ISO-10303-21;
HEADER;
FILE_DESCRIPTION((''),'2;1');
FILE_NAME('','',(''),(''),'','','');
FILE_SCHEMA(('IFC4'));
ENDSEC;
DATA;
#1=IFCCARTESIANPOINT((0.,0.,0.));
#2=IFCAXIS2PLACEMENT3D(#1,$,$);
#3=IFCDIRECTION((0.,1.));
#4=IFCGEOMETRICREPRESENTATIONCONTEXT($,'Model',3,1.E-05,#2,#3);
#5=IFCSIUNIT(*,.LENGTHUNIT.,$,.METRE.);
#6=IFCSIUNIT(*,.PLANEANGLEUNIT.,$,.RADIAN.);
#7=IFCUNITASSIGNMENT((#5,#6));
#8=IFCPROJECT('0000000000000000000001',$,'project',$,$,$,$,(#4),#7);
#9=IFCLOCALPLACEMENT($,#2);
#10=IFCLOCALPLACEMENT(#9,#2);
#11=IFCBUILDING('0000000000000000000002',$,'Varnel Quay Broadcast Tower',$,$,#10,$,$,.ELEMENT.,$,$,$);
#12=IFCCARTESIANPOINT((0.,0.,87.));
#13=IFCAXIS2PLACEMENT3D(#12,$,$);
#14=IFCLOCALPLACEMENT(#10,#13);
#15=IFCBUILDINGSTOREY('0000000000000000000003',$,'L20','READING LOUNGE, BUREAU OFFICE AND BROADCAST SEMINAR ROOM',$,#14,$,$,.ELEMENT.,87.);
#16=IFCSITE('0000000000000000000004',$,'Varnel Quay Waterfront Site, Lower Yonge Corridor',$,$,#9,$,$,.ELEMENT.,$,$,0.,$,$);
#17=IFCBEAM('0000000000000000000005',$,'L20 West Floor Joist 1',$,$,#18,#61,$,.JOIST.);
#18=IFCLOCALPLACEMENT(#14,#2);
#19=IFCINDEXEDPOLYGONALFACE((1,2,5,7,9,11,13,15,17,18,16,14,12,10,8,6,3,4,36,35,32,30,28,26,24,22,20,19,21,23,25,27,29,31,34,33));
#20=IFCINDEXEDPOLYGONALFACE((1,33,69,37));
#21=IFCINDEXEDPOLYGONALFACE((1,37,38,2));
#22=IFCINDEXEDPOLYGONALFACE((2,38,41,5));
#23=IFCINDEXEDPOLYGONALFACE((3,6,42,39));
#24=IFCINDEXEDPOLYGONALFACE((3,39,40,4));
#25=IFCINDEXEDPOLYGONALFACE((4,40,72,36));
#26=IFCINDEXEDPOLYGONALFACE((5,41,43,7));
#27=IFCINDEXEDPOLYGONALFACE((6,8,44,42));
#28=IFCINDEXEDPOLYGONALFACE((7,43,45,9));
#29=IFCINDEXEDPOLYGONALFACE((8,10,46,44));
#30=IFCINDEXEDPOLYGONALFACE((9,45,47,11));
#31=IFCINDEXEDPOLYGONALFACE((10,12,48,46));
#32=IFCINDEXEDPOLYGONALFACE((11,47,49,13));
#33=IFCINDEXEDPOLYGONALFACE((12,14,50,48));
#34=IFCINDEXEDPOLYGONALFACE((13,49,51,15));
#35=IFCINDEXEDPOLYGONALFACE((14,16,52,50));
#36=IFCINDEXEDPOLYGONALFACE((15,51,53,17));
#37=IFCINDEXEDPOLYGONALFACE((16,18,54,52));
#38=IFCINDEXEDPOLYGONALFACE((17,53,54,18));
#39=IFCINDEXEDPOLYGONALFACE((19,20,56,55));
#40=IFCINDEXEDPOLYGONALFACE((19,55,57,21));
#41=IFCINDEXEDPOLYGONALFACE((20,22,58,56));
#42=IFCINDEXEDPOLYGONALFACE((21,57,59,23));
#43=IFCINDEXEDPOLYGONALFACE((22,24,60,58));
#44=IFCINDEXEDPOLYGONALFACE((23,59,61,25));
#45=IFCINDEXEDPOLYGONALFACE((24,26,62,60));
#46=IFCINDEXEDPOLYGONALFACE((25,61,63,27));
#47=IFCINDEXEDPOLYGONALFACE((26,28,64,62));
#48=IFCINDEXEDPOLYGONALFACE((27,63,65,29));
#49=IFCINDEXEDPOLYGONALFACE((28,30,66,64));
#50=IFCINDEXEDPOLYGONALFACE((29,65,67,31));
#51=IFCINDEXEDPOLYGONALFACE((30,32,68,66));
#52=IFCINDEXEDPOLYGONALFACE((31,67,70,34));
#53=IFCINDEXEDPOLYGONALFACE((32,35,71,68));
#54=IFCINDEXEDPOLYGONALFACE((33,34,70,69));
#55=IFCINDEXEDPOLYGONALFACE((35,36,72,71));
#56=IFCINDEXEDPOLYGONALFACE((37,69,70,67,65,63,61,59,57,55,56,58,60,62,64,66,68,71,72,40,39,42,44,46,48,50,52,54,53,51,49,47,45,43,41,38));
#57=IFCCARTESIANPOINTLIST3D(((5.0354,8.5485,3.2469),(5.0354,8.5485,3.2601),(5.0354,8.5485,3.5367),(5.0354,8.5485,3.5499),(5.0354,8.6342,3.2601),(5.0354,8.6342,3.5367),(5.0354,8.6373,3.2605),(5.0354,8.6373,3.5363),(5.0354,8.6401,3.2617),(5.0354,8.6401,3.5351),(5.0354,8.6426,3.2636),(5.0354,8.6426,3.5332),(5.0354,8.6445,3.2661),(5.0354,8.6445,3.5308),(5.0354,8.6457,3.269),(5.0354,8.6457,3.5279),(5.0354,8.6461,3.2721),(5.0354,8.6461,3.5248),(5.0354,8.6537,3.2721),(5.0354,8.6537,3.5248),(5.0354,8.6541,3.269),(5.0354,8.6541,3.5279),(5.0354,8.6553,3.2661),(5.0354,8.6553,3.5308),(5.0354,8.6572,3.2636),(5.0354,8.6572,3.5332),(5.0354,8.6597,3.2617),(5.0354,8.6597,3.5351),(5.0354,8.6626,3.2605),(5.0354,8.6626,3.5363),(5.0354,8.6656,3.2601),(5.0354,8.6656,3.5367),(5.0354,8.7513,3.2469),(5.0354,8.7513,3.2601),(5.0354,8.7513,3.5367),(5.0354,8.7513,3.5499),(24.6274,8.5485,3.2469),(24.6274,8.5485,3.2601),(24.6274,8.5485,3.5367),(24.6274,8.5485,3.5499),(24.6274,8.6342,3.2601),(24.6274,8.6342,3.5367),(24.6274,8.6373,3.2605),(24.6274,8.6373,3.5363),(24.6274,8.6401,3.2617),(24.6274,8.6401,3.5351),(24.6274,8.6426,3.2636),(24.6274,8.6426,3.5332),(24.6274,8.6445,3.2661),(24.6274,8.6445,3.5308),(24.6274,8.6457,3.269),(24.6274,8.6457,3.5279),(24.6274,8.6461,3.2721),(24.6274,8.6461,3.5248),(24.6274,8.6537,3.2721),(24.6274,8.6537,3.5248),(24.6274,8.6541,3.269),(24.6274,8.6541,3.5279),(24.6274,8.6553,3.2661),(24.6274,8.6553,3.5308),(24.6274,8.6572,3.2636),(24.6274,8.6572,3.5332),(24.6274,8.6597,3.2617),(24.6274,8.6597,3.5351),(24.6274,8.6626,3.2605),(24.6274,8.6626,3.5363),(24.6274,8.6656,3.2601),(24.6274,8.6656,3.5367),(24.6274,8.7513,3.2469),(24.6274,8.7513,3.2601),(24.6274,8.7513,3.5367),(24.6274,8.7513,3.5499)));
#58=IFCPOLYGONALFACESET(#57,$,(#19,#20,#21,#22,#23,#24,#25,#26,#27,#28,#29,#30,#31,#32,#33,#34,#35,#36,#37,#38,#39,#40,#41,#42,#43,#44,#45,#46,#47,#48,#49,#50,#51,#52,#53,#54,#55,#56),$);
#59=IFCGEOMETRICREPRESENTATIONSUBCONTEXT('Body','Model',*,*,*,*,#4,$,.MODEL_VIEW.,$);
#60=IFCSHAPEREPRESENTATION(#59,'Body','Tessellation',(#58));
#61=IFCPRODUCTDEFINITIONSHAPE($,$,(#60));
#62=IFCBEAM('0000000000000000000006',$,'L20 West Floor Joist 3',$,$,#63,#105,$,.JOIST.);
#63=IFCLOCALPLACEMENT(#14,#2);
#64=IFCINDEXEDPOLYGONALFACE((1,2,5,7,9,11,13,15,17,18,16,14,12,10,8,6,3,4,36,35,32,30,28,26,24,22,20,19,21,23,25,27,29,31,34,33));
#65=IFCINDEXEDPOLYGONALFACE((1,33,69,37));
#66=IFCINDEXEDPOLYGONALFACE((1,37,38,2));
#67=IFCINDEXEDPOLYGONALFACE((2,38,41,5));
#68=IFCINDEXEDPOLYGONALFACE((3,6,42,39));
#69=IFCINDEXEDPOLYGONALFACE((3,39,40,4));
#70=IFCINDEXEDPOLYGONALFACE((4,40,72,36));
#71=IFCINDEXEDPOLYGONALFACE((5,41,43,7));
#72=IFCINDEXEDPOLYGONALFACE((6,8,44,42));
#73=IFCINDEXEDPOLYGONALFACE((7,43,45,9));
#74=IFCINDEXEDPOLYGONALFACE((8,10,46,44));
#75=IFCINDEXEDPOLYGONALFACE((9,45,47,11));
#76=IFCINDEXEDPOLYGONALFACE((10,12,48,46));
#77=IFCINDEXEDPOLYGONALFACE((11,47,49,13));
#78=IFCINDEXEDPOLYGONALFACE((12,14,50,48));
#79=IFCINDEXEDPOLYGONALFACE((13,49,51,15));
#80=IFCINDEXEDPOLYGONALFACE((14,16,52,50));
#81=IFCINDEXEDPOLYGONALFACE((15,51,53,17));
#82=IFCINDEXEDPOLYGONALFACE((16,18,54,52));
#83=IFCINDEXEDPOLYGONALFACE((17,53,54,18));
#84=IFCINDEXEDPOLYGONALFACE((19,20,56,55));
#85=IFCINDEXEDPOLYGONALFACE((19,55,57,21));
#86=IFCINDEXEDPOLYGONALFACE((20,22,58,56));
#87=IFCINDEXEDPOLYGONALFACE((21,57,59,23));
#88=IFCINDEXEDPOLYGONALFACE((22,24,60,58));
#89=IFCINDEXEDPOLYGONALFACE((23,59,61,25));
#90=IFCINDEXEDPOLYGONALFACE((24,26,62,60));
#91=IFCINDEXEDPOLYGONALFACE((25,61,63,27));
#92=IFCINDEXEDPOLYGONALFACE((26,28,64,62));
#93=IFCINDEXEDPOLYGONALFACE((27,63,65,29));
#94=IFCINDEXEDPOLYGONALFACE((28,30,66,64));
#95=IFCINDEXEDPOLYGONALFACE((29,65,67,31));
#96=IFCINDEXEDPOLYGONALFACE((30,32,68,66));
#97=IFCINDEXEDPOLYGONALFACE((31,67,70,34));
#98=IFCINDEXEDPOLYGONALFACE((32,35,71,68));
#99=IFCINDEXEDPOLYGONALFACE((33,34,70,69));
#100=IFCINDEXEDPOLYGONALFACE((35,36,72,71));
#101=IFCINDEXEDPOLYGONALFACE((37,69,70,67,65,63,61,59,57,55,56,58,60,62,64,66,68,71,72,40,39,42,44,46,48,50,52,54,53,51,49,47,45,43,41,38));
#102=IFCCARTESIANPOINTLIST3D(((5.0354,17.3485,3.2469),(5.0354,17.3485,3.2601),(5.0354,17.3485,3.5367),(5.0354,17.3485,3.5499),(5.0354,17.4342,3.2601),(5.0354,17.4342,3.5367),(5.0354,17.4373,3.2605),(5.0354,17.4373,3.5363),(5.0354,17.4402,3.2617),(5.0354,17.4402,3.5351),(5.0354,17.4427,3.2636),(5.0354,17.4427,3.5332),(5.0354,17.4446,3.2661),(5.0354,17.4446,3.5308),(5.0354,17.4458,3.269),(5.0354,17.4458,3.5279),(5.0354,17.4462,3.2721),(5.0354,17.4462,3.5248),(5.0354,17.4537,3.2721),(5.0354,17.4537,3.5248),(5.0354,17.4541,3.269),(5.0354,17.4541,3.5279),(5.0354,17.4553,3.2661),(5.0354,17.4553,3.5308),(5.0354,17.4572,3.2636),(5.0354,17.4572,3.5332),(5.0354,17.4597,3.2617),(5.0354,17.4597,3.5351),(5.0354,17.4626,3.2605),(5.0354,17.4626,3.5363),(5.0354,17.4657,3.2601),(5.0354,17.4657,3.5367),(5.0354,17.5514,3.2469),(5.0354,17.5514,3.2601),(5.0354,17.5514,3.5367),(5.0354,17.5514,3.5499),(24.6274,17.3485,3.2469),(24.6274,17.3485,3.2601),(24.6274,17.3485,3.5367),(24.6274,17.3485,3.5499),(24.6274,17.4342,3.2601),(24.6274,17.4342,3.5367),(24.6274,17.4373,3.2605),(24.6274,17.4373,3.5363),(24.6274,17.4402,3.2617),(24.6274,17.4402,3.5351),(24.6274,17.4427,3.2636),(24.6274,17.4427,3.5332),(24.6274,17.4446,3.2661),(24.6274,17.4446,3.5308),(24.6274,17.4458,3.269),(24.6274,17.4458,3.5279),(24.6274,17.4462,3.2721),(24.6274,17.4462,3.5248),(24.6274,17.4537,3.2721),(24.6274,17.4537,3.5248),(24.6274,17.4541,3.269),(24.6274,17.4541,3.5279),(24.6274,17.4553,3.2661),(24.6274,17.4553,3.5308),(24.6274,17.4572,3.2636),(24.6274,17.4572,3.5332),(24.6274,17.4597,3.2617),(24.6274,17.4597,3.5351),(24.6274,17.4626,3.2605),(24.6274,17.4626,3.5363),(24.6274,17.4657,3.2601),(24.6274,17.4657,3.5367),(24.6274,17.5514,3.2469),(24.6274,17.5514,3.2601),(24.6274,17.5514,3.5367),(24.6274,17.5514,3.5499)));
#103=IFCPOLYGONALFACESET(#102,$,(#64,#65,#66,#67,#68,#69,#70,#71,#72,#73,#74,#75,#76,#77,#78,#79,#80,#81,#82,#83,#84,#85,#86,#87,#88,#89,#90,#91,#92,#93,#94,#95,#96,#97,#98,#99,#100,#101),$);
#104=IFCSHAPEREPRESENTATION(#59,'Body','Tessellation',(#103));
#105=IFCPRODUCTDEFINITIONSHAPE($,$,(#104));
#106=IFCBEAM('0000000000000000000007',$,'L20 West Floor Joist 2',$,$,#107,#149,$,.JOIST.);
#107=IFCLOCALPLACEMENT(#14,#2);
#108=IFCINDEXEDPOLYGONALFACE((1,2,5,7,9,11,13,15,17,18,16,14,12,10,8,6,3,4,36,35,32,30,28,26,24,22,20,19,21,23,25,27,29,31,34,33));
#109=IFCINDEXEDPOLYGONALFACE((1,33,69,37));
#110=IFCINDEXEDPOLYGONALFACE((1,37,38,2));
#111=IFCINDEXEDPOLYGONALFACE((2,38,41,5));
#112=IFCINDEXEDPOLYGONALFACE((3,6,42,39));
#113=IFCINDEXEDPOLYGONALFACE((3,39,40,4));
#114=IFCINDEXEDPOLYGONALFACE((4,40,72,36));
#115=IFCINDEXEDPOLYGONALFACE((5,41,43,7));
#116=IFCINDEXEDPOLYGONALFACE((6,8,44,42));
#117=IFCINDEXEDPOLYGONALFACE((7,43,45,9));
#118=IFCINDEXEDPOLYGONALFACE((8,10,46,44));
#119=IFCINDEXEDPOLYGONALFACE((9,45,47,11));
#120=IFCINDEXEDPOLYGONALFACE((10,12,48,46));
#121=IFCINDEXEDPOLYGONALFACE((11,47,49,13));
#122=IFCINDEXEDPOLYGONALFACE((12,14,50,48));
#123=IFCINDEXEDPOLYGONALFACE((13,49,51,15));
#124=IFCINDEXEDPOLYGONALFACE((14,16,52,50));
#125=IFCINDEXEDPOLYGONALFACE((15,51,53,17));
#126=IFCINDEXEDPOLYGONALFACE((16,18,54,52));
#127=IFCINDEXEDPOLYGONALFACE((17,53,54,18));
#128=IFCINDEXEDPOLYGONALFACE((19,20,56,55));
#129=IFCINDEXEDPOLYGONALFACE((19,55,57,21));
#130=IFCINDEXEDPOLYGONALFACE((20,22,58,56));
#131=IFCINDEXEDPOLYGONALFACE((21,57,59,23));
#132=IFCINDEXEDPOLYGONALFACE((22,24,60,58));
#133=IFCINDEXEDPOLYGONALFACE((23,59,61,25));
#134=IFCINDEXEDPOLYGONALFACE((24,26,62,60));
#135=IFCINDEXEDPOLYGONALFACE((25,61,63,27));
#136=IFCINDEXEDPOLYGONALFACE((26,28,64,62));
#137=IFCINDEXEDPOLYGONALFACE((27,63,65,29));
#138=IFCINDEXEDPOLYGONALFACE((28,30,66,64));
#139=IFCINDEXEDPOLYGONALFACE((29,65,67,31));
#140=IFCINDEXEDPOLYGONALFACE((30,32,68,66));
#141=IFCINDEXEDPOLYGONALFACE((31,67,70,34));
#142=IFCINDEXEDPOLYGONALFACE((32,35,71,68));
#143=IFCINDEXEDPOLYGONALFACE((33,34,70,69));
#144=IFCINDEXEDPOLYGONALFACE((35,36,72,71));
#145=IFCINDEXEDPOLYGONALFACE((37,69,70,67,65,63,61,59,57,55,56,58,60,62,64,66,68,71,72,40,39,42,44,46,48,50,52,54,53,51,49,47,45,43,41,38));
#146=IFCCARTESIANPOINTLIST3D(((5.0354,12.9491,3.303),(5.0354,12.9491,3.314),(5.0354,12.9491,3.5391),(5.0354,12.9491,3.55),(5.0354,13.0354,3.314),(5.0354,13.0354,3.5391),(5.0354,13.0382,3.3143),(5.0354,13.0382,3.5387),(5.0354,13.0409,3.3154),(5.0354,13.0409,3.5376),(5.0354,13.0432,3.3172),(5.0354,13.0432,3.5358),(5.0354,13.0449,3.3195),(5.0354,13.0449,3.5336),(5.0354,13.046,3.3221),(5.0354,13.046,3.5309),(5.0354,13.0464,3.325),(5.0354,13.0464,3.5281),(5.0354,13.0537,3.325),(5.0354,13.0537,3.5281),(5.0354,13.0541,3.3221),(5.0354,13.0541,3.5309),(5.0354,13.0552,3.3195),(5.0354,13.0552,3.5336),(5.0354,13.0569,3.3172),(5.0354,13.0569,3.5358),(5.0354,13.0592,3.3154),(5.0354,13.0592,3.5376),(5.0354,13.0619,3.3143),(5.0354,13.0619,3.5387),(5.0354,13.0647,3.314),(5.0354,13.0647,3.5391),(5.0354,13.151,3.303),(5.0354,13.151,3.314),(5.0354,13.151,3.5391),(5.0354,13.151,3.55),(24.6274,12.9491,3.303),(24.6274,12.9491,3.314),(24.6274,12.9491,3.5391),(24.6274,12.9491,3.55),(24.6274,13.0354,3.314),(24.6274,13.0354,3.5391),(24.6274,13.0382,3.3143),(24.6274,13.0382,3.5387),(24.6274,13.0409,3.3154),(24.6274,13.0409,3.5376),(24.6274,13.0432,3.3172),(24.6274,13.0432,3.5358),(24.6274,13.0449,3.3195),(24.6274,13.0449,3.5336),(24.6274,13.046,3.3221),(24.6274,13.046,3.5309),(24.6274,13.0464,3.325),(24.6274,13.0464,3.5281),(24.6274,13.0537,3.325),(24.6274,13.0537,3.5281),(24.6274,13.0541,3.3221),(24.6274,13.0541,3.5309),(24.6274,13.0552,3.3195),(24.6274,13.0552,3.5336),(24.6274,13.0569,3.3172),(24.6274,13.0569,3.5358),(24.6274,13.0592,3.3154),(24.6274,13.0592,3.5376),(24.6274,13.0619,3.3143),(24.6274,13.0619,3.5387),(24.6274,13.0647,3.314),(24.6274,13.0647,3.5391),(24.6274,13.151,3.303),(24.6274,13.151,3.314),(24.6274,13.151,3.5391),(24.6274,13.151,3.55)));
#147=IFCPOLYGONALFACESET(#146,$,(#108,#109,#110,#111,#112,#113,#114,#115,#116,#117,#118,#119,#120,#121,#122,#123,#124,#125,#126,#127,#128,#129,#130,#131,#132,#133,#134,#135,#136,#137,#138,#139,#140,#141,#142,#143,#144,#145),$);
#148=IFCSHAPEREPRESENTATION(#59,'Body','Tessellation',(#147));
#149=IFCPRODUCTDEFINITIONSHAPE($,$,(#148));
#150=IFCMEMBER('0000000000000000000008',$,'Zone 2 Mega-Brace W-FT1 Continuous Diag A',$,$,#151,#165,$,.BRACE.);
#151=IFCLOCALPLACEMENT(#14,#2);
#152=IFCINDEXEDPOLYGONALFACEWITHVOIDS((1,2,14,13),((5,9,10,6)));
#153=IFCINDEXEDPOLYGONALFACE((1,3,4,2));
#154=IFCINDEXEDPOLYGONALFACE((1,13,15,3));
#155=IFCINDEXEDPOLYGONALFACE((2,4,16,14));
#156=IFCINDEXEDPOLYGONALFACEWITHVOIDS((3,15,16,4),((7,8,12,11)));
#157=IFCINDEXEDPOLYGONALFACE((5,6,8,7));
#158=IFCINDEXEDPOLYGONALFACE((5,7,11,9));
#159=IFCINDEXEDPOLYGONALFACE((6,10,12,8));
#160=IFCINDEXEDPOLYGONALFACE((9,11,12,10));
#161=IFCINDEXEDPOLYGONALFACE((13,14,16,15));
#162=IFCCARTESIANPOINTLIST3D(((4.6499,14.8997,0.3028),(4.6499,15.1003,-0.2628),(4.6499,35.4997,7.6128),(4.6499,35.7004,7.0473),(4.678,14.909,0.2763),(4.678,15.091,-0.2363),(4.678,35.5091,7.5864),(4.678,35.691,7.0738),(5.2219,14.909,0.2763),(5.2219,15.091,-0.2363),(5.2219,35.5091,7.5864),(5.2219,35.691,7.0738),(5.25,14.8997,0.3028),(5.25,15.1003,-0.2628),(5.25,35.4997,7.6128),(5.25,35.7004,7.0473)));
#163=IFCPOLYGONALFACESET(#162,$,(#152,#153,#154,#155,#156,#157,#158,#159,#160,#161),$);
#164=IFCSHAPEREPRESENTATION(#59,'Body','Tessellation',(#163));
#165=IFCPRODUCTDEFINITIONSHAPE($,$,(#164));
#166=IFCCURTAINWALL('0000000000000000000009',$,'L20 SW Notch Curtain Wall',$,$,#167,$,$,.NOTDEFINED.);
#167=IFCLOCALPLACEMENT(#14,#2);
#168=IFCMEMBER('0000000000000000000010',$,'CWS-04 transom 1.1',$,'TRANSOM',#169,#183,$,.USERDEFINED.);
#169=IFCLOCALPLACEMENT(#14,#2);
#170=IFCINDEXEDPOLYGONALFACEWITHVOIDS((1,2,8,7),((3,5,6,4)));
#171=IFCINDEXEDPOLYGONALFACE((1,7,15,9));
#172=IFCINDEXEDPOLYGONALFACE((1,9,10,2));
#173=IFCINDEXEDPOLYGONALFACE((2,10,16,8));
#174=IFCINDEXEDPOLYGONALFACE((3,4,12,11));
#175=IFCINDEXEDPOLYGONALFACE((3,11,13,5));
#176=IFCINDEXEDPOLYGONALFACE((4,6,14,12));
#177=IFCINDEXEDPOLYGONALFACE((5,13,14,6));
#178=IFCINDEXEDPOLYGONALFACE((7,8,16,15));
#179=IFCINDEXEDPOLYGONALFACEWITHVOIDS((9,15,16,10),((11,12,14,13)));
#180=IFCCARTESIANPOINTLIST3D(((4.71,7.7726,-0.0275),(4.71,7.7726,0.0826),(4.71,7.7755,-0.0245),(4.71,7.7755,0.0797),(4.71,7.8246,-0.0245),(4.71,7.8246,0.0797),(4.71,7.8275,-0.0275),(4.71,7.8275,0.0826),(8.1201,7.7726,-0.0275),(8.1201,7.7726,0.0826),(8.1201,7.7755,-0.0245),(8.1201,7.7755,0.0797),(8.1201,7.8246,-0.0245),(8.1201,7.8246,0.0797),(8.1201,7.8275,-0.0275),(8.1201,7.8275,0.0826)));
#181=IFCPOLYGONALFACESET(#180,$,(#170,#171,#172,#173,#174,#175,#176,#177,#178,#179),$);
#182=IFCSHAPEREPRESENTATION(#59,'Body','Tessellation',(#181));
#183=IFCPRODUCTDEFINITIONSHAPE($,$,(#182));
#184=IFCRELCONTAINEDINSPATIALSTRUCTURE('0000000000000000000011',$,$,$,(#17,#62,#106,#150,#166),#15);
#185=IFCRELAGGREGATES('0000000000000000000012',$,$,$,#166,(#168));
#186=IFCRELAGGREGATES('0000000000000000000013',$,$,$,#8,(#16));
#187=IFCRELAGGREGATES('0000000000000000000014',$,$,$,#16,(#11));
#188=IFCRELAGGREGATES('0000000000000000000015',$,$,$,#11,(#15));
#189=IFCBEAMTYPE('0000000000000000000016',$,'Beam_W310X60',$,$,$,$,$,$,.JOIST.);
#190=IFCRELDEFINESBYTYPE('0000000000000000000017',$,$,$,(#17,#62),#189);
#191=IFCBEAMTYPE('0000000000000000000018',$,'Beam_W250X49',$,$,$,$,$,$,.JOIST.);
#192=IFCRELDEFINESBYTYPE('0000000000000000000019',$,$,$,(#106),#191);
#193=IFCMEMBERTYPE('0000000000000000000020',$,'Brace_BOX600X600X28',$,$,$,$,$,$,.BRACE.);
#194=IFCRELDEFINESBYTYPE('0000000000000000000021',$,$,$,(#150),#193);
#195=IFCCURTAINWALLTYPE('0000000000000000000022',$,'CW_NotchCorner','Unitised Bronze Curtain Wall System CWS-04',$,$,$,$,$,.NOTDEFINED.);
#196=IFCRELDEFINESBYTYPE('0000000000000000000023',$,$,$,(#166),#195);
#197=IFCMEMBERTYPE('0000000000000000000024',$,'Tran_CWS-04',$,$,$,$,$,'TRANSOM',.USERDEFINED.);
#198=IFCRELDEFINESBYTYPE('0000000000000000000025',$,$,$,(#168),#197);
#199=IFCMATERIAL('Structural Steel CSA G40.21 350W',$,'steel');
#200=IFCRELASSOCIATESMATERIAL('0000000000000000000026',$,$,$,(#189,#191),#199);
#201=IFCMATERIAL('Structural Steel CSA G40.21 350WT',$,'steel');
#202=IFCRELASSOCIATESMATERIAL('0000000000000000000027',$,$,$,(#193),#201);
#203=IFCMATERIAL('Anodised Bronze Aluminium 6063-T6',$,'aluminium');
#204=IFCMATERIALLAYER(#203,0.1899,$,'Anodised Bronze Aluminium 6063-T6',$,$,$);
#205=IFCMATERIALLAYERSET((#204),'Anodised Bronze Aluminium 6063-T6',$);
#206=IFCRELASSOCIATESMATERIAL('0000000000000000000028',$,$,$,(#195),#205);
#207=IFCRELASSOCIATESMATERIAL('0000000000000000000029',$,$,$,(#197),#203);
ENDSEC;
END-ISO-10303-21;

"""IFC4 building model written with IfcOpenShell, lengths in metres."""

from ifc_helpers import new_model, si_unit, direction, frame, origin, origin_2d, place, context, subcontext, project, spatial, hollow_rectangle, i_section, extrude, source, transform, mapped, material, layer, layer_set, material_profile, profile_set, type_object, type_shapes, element, aggregate, save


model = new_model("IFC4")

# Units and contexts
model_context = context("Model", 3, precision=1e-05, world=origin(), true_north=direction((0.0, 1.0)))
body_context = subcontext(model_context, "Body", "Model", "MODEL_VIEW")
ifc_project = project(units=[si_unit("LENGTHUNIT", "METRE"), si_unit("PLANEANGLEUNIT", "RADIAN")], contexts=[model_context])

# Site, building, storey
site_placement = place(None, origin())
site = spatial("IfcSite", under=ifc_project, at=site_placement, Name="Varnel Quay Waterfront Site, Lower Yonge Corridor", CompositionType="ELEMENT", RefElevation=0.0)
building_placement = place(site_placement, origin())
building = spatial("IfcBuilding", under=site, at=building_placement, Name="Varnel Quay Broadcast Tower", CompositionType="ELEMENT")
storey_placement = place(building_placement, frame((0.0, 0.0, 87.0)))
storey = spatial("IfcBuildingStorey", under=building, at=storey_placement, Name="L20", Description="READING LOUNGE, BUREAU OFFICE AND BROADCAST SEMINAR ROOM", CompositionType="ELEMENT", Elevation=87.0)

# Shared definitions
ifc_material_1 = material(Name="Structural Steel CSA G40.21 350W", Category="steel")

# Beams
ifc_material_profile_1 = material_profile(ifc_material_1, i_section(OverallWidth=0.2029, OverallDepth=0.303, WebThickness=0.0076, FlangeThickness=0.0132, FilletRadius=0.012, at=origin_2d()), Name="W310X60")
ifc_profile_set_1 = profile_set([ifc_material_profile_1], Name="Structural Steel CSA G40.21 350W")
beam_type_1 = type_object("IfcBeamType", Name="Beam_W310X60", PredefinedType="JOIST", material=ifc_profile_set_1)
shared_shape_1 = source(origin(), body_context, "Body", "SweptSolid", [
    extrude(i_section(OverallWidth=0.2029, OverallDepth=0.303, WebThickness=0.0076, FlangeThickness=0.0132, FilletRadius=0.012, at=origin_2d()), origin(), (0.0, 0.0, 1.0), 19.592),
])
type_shapes(beam_type_1, [shared_shape_1])
for number, where, z_axis, x_axis, name in (
    (1, (5.0354, 8.6499, 3.3984), (1.0, 0.0, 0.0), (0.0, 1.0, 0.0), "L20 West Floor Joist 1"),
    (2, (5.0354, 17.45, 3.3984), (1.0, 0.0, 0.0), (0.0, 1.0, 0.0), "L20 West Floor Joist 3"),
):
    element("IfcBeam", number, at=place(storey_placement, frame(where, z_axis=z_axis, x_axis=x_axis)), inside=storey, type_object=beam_type_1, Name=name, PredefinedType="JOIST", context=body_context, shape_type="MappedRepresentation", body=[
        mapped(shared_shape_1, transform((0.0, 0.0, 0.0), x_axis=(1.0, 0.0, 0.0), y_axis=(0.0, 1.0, 0.0), z_axis=(0.0, 0.0, 1.0), scale=1.0)),
    ])
ifc_material_profile_2 = material_profile(ifc_material_1, i_section(OverallWidth=0.2019, OverallDepth=0.2471, WebThickness=0.0073, FlangeThickness=0.011, FilletRadius=0.011, at=origin_2d()), Name="W250X49")
ifc_profile_set_2 = profile_set([ifc_material_profile_2], Name="Structural Steel CSA G40.21 350W")
beam_type_2 = type_object("IfcBeamType", Name="Beam_W250X49", PredefinedType="JOIST", material=ifc_profile_set_2)
shared_shape_2 = source(origin(), body_context, "Body", "SweptSolid", [
    extrude(i_section(OverallWidth=0.2019, OverallDepth=0.2471, WebThickness=0.0073, FlangeThickness=0.011, FilletRadius=0.011, at=origin_2d()), origin(), (0.0, 0.0, 1.0), 19.592),
])
type_shapes(beam_type_2, [shared_shape_2])
beam_1_placement = place(storey_placement, frame((5.0354, 13.05, 3.4265), z_axis=(1.0, 0.0, 0.0), x_axis=(0.0, 1.0, 0.0)))
element("IfcBeam", 3, at=beam_1_placement, inside=storey, type_object=beam_type_2, Name="L20 West Floor Joist 2", PredefinedType="JOIST", context=body_context, shape_type="MappedRepresentation", body=[
    mapped(shared_shape_2, transform((0.0, 0.0, 0.0), x_axis=(1.0, 0.0, 0.0), y_axis=(0.0, 1.0, 0.0), z_axis=(0.0, 0.0, 1.0), scale=1.0)),
])

# Member
ifc_material_2 = material(Name="Structural Steel CSA G40.21 350WT", Category="steel")
ifc_material_profile_3 = material_profile(ifc_material_2, hollow_rectangle(XDim=0.6001, YDim=0.6001, WallThickness=0.0281, at=origin_2d()), Name="BOX600X600X28")
ifc_profile_set_3 = profile_set([ifc_material_profile_3], Name="Structural Steel CSA G40.21 350WT")
member_type_1 = type_object("IfcMemberType", Name="Brace_BOX600X600X28", PredefinedType="BRACE", material=ifc_profile_set_3)
shared_shape_3 = source(origin(), body_context, "Body", "SweptSolid", [
    extrude(hollow_rectangle(XDim=0.6001, YDim=0.6001, WallThickness=0.0281, at=origin_2d()), origin(), (0.0, 0.0, 1.0), 21.8586),
])
type_shapes(member_type_1, [shared_shape_3])
member_1_placement = place(storey_placement, frame((4.95, 15.0, 0.02), z_axis=(0.0, 0.942423, 0.334424), x_axis=(-1.0, 0.0, 0.0)))
element("IfcMember", 4, at=member_1_placement, inside=storey, type_object=member_type_1, Name="Zone 2 Mega-Brace W-FT1 Continuous Diag A", PredefinedType="BRACE", context=body_context, shape_type="MappedRepresentation", body=[
    mapped(shared_shape_3, transform((0.0, 0.0, 0.0), x_axis=(1.0, 0.0, 0.0), y_axis=(0.0, 1.0, 0.0), z_axis=(0.0, 0.0, 1.0), scale=1.0)),
])

# Curtain wall, member
ifc_material_3 = material(Name="Anodised Bronze Aluminium 6063-T6", Category="aluminium")
ifc_layer_1 = layer(ifc_material_3, 0.1899, Name="Anodised Bronze Aluminium 6063-T6")
ifc_layer_set_1 = layer_set([ifc_layer_1], Name="Anodised Bronze Aluminium 6063-T6")
curtain_wall_type_1 = type_object("IfcCurtainWallType", Name="CW_NotchCorner", Description="Unitised Bronze Curtain Wall System CWS-04", PredefinedType="NOTDEFINED", material=ifc_layer_set_1)
curtain_wall_1_placement = place(storey_placement, origin())
curtain_wall_1 = element("IfcCurtainWall", 5, at=curtain_wall_1_placement, inside=storey, type_object=curtain_wall_type_1, Name="L20 SW Notch Curtain Wall", PredefinedType="NOTDEFINED")
ifc_material_profile_4 = material_profile(ifc_material_3, hollow_rectangle(XDim=0.0549, YDim=0.1101, WallThickness=0.0029, at=origin_2d()), Name="ALU55X110X3")
ifc_profile_set_4 = profile_set([ifc_material_profile_4], Name="Anodised Bronze Aluminium 6063-T6")
member_type_2 = type_object("IfcMemberType", Name="Tran_CWS-04", ElementType="TRANSOM", PredefinedType="USERDEFINED", material=ifc_profile_set_4)
shared_shape_4 = source(origin(), body_context, "Body", "SweptSolid", [
    extrude(hollow_rectangle(XDim=0.0549, YDim=0.1101, WallThickness=0.0029, at=origin_2d()), origin(), (0.0, 0.0, 1.0), 3.4102),
])
type_shapes(member_type_2, [shared_shape_4])
member_2_placement = place(storey_placement, frame((4.71, 7.8, 0.0276), z_axis=(1.0, 0.0, 0.0), x_axis=(0.0, 1.0, 0.0)))
member_2 = element("IfcMember", 6, at=member_2_placement, type_object=member_type_2, Name="CWS-04 transom 1.1", ObjectType="TRANSOM", PredefinedType="USERDEFINED", context=body_context, shape_type="MappedRepresentation", body=[
    mapped(shared_shape_4, transform((0.0, 0.0, 0.0), x_axis=(1.0, 0.0, 0.0), y_axis=(0.0, 1.0, 0.0), z_axis=(0.0, 0.0, 1.0), scale=1.0)),
])

aggregate(curtain_wall_1, [member_2])

save(model, "model.ifc")
